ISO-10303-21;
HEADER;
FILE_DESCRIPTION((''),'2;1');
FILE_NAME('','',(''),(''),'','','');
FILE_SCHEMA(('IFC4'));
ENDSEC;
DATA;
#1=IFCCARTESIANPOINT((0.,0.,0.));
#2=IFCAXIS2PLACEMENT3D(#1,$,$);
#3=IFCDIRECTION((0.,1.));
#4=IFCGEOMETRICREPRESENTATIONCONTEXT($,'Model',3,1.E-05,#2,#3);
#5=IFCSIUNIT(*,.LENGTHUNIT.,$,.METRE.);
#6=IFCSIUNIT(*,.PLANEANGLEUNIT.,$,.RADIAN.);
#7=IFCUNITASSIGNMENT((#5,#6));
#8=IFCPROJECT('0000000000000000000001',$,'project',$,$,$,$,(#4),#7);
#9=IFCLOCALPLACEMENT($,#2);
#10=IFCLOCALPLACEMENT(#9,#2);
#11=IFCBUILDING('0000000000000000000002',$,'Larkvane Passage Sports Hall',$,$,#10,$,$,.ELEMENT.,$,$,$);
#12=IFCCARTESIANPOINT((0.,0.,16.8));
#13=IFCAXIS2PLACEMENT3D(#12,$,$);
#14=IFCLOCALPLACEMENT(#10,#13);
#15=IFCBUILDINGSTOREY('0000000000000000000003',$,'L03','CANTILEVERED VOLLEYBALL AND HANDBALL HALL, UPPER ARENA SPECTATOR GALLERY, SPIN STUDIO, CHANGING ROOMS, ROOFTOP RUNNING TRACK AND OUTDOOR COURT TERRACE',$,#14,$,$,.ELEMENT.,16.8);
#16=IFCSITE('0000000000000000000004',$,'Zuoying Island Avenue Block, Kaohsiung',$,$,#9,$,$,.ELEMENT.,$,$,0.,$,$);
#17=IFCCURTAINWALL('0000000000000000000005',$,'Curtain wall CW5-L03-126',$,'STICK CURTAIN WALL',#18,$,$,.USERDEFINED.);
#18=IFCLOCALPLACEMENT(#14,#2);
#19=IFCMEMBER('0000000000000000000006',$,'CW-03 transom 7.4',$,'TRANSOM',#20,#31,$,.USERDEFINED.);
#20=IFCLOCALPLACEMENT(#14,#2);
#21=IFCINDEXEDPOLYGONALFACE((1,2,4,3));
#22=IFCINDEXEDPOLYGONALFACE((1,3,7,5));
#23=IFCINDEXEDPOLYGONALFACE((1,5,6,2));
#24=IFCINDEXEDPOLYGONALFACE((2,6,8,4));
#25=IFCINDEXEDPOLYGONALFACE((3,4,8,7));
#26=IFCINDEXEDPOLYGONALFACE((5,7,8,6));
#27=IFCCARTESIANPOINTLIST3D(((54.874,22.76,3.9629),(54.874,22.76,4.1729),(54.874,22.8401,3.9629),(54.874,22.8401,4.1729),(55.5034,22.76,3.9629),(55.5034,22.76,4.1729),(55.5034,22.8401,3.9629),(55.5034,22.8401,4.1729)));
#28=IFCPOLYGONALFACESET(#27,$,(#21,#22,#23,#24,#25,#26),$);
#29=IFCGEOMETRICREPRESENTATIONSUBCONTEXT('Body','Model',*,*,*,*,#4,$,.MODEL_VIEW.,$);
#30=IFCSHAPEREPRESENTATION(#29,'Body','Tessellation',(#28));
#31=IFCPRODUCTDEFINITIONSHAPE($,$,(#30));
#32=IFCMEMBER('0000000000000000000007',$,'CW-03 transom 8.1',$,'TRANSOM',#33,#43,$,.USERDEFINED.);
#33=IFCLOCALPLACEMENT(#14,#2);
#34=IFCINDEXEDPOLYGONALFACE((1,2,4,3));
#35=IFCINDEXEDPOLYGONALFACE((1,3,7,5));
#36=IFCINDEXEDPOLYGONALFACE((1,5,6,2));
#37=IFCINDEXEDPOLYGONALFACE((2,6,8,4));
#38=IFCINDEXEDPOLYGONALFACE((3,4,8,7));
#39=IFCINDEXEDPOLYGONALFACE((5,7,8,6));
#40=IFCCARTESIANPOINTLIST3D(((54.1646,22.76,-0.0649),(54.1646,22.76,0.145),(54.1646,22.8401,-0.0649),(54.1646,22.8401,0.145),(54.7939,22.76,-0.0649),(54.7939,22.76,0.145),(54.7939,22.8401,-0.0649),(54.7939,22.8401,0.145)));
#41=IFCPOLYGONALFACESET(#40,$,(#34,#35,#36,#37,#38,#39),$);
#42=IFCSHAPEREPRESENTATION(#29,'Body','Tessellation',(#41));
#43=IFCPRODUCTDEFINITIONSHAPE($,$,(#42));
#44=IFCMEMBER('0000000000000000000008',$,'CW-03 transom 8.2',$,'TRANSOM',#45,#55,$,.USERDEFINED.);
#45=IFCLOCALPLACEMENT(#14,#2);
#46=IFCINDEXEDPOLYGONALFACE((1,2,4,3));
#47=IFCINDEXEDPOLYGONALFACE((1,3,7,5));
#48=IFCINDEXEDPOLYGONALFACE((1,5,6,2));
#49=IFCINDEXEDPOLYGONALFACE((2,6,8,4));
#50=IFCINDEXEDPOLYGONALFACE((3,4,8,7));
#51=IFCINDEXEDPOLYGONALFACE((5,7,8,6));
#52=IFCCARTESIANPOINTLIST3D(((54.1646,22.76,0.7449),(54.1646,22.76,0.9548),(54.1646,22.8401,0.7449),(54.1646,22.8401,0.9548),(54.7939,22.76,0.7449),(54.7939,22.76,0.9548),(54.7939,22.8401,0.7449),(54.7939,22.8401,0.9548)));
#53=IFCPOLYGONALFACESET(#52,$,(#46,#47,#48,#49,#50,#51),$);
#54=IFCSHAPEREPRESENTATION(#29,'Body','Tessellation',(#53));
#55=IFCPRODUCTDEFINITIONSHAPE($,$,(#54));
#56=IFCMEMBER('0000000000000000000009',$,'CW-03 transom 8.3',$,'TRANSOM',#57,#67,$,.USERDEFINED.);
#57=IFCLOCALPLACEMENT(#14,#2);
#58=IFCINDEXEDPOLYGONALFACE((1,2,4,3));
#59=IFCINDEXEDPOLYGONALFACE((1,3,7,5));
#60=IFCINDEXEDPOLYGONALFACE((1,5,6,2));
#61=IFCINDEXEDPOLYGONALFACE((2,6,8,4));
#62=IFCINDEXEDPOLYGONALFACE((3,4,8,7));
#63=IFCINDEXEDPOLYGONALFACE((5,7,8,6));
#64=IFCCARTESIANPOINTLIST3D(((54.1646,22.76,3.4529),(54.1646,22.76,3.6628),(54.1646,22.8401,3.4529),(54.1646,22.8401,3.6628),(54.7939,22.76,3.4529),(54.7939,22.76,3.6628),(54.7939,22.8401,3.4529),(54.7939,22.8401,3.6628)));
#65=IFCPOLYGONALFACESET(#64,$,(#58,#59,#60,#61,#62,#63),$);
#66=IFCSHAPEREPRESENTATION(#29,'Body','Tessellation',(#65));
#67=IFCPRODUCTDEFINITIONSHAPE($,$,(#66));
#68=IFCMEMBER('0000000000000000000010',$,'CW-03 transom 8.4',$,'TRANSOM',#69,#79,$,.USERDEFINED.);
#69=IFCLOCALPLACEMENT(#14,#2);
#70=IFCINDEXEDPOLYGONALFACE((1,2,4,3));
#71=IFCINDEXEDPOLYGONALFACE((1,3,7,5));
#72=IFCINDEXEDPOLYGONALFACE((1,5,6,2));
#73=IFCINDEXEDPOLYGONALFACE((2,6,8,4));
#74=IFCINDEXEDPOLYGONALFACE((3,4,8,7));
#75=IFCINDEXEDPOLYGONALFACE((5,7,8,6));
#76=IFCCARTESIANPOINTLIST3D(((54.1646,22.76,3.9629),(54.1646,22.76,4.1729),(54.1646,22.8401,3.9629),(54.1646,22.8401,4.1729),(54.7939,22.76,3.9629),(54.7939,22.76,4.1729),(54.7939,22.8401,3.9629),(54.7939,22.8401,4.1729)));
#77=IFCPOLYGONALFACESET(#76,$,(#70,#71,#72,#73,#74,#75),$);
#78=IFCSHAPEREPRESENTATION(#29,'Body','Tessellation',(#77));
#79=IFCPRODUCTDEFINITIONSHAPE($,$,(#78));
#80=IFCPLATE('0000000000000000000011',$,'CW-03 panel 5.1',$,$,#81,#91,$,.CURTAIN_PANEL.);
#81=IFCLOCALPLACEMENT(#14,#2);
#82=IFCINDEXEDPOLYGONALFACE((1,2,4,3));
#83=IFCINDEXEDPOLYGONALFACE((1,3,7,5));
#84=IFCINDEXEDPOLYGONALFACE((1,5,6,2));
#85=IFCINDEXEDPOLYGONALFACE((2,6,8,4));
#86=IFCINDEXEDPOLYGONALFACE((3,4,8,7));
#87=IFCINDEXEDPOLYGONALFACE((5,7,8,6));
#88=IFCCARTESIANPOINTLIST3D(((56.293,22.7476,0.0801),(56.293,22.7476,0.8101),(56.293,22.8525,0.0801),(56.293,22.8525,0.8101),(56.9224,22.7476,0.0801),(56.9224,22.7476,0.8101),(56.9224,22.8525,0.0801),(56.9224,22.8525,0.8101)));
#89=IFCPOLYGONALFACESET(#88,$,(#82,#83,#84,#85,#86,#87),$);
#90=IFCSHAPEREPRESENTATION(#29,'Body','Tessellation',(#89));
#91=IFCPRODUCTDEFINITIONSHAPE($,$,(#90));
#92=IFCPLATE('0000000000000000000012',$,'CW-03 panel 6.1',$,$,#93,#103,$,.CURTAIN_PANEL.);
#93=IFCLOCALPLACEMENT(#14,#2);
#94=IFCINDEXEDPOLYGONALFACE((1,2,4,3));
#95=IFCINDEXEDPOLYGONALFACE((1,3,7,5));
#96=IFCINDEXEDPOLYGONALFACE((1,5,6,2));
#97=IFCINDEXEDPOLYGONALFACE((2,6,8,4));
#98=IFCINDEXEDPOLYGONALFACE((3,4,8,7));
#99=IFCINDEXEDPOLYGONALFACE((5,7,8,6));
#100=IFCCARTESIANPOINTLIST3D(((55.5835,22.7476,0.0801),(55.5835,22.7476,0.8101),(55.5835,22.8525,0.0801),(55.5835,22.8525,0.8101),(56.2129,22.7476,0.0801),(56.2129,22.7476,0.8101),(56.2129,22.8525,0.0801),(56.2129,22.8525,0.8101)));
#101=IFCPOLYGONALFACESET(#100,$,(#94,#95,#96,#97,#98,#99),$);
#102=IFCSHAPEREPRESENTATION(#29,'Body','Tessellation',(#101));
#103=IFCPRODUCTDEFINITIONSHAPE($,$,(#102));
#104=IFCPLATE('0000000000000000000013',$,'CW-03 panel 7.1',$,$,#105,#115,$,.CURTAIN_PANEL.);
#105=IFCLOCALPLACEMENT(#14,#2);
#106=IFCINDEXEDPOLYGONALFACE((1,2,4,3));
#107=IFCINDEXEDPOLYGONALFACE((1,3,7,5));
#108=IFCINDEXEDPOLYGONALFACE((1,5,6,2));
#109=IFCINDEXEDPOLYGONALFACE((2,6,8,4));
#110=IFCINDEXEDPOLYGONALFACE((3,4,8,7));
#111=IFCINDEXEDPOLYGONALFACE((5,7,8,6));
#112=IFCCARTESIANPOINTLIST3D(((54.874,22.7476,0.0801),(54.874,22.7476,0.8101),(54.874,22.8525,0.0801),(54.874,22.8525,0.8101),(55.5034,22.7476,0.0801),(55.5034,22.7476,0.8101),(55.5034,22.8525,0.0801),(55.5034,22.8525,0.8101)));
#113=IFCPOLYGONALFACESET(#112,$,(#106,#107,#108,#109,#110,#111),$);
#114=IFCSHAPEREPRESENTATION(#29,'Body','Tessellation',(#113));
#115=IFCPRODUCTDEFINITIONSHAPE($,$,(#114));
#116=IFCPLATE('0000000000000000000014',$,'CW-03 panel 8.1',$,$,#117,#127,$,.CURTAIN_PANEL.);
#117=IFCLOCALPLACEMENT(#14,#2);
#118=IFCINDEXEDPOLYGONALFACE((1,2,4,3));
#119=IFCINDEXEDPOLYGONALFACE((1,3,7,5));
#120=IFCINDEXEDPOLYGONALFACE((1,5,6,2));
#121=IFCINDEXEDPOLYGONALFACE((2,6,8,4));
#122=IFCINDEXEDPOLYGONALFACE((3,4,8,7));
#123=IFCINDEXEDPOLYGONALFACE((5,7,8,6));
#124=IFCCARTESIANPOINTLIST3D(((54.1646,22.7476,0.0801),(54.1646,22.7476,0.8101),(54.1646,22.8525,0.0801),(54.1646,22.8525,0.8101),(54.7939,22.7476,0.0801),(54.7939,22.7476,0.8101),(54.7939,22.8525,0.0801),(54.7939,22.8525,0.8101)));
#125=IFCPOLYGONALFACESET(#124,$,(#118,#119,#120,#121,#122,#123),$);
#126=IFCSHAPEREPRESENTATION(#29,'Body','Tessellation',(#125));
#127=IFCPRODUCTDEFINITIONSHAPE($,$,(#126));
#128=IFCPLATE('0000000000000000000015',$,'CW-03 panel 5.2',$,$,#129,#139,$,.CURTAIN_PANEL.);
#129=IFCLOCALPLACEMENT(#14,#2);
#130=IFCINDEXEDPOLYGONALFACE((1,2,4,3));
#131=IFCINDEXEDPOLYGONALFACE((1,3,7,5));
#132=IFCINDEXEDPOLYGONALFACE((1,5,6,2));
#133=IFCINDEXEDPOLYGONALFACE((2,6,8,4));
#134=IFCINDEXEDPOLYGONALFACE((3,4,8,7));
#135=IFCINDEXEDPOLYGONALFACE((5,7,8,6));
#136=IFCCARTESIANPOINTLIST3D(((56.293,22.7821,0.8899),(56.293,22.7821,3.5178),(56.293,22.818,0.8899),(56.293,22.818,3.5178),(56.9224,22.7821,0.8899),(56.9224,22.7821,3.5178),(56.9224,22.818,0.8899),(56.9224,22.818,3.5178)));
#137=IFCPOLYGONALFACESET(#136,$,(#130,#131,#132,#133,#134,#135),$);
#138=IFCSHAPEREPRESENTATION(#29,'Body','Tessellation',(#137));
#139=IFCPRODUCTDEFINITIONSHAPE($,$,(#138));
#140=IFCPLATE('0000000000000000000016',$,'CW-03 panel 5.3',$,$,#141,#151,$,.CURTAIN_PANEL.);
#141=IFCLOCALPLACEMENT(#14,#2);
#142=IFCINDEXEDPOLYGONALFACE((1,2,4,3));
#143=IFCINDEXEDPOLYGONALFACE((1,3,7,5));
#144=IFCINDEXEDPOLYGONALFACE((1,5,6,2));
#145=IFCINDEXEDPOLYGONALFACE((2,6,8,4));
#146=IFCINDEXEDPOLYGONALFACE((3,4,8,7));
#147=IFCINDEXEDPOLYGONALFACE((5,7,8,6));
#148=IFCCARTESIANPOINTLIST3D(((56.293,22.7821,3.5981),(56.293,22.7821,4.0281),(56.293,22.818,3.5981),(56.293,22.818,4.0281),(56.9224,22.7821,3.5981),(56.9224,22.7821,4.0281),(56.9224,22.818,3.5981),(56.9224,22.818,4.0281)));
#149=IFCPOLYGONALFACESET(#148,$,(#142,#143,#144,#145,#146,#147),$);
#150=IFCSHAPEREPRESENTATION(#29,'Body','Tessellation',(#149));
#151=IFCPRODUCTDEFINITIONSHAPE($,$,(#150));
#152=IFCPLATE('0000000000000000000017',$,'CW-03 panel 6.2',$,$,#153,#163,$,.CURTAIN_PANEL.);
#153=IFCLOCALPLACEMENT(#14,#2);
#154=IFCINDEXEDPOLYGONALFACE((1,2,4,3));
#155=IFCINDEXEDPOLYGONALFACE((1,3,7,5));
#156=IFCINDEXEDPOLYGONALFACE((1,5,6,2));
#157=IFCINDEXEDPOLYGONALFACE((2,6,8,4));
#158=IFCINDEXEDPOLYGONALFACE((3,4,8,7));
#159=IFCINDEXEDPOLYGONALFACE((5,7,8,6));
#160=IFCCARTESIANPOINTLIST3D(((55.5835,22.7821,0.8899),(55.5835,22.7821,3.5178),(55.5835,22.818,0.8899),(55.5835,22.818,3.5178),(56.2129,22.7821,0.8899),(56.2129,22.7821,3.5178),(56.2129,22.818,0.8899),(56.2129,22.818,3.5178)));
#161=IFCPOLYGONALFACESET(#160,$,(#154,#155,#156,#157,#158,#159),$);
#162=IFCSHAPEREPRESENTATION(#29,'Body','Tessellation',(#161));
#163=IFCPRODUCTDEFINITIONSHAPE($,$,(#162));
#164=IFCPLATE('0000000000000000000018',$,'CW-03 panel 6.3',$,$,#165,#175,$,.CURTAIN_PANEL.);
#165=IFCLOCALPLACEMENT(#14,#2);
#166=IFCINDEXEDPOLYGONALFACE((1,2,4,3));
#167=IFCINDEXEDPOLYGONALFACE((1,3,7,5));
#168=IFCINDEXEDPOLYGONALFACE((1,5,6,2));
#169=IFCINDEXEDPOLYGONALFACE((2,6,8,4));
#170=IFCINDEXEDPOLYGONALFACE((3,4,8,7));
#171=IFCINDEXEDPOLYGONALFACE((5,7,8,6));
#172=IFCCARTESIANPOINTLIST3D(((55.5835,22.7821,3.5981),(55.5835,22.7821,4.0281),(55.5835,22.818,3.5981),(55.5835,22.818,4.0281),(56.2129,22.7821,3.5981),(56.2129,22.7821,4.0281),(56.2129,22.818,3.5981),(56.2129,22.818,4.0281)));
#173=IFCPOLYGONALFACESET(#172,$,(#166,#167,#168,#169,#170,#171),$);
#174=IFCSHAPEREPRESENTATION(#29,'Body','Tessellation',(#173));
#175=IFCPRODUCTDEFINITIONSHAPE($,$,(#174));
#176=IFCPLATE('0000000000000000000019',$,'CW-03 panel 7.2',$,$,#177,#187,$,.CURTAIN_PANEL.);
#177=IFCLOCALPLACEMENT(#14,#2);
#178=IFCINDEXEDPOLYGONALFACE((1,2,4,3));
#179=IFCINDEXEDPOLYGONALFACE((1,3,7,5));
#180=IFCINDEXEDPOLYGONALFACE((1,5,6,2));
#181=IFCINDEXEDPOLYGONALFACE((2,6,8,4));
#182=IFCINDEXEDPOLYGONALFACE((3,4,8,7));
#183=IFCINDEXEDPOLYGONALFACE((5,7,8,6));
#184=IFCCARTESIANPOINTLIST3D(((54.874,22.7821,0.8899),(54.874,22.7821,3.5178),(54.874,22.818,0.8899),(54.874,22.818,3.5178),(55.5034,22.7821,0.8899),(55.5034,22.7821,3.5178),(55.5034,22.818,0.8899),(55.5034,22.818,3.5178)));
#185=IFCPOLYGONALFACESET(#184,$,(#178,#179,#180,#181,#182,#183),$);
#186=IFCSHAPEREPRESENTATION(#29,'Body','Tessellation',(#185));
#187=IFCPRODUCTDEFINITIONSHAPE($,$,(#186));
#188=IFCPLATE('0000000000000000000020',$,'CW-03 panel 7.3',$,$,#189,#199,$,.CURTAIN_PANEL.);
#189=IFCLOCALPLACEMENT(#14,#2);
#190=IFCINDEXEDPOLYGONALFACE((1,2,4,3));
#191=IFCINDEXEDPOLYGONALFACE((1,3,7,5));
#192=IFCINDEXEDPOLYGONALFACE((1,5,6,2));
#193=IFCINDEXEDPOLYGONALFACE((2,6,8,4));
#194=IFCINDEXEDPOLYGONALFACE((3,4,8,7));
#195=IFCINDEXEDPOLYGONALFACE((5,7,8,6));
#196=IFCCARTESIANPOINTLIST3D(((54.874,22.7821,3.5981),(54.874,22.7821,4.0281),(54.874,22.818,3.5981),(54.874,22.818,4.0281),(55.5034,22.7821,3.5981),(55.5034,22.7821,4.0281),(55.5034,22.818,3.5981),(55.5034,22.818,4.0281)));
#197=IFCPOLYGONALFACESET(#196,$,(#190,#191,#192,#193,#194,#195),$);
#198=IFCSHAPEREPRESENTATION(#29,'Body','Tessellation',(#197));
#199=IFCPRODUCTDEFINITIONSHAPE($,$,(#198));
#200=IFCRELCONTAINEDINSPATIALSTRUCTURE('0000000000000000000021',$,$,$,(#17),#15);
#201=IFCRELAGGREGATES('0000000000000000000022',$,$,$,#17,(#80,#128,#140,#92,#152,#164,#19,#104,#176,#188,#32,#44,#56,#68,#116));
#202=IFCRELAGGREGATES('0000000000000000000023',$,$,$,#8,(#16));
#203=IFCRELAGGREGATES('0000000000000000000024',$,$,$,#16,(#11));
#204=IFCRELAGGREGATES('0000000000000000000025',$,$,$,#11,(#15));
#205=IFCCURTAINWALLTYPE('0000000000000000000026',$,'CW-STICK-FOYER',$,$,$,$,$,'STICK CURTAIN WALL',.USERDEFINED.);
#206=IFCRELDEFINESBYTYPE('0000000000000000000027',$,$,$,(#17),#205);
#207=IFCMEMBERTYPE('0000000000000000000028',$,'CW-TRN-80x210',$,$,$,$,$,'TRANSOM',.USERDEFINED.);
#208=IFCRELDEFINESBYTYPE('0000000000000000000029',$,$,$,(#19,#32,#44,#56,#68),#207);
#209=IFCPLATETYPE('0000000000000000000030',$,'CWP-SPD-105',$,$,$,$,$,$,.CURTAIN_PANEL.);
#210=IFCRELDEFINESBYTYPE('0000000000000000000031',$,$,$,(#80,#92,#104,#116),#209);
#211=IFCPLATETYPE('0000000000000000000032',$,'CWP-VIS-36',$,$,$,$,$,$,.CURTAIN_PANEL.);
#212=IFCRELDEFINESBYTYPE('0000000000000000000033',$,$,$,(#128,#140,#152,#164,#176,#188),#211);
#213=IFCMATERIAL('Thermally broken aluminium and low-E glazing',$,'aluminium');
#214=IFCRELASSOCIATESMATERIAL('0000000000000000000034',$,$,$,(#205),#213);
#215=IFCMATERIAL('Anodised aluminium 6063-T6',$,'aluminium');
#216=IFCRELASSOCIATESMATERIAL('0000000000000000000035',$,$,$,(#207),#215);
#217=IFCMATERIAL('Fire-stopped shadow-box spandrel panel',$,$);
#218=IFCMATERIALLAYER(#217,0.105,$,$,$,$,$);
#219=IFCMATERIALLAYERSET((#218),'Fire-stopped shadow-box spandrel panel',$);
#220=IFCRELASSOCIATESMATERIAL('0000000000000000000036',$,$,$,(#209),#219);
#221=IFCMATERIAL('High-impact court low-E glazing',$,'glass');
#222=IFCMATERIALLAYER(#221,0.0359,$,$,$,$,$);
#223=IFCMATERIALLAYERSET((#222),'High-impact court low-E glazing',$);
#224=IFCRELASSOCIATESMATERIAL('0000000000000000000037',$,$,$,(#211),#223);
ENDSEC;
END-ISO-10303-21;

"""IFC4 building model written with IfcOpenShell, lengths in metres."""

from ifc_helpers import new_model, si_unit, direction, frame, origin, origin_2d, place, context, subcontext, project, spatial, rectangle, extrude, material, layer, layer_set, material_profile, profile_set, type_object, element, aggregate, save


model = new_model("IFC4")

# Units and contexts
model_context = context("Model", 3, precision=1e-05, world=origin(), true_north=direction((0.0, 1.0)))
body_context = subcontext(model_context, "Body", "Model", "MODEL_VIEW")
ifc_project = project(units=[si_unit("LENGTHUNIT", "METRE"), si_unit("PLANEANGLEUNIT", "RADIAN")], contexts=[model_context])

# Site, building, storey
site_placement = place(None, origin())
site = spatial("IfcSite", under=ifc_project, at=site_placement, Name="Zuoying Island Avenue Block, Kaohsiung", CompositionType="ELEMENT", RefElevation=0.0)
building_placement = place(site_placement, origin())
building = spatial("IfcBuilding", under=site, at=building_placement, Name="Larkvane Passage Sports Hall", CompositionType="ELEMENT")
storey_placement = place(building_placement, frame((0.0, 0.0, 16.8)))
storey = spatial("IfcBuildingStorey", under=building, at=storey_placement, Name="L03", Description="CANTILEVERED VOLLEYBALL AND HANDBALL HALL, UPPER ARENA SPECTATOR GALLERY, SPIN STUDIO, CHANGING ROOMS, ROOFTOP RUNNING TRACK AND OUTDOOR COURT TERRACE", CompositionType="ELEMENT", Elevation=16.8)

# Curtain wall, members, plates
ifc_material_1 = material(Name="Thermally broken aluminium and low-E glazing", Category="aluminium")
curtain_wall_type = type_object("IfcCurtainWallType", Name="CW-STICK-FOYER", ElementType="STICK CURTAIN WALL", PredefinedType="USERDEFINED", material=ifc_material_1)
curtain_wall_placement = place(storey_placement, origin())
curtain_wall = element("IfcCurtainWall", 1, at=curtain_wall_placement, inside=storey, type_object=curtain_wall_type, Name="Curtain wall CW5-L03-126", ObjectType="STICK CURTAIN WALL", PredefinedType="USERDEFINED")
ifc_material_2 = material(Name="Anodised aluminium 6063-T6", Category="aluminium")
ifc_material_profile_1 = material_profile(ifc_material_2, rectangle(XDim=0.0801, YDim=0.21, at=origin_2d()), Name="ALU-TRN-80x210")
ifc_profile_set_1 = profile_set([ifc_material_profile_1], Name="Anodised aluminium 6063-T6")
member_type_1 = type_object("IfcMemberType", Name="CW-TRN-80x210", ElementType="TRANSOM", PredefinedType="USERDEFINED", material=ifc_profile_set_1)
member_1_placement = place(storey_placement, frame((55.5034, 22.8, 4.0679), z_axis=(-1.0, 0.0, 0.0), x_axis=(0.0, -1.0, 0.0)))
member_1 = element("IfcMember", 2, at=member_1_placement, type_object=member_type_1, Name="CW-03 transom 7.4", ObjectType="TRANSOM", PredefinedType="USERDEFINED", context=body_context, shape_type="SweptSolid", body=[
    extrude(rectangle(XDim=0.0801, YDim=0.21, at=origin_2d()), origin(), (0.0, 0.0, 1.0), 0.6294),
])
member_2_placement = place(storey_placement, frame((54.7939, 22.8, 0.04), z_axis=(-1.0, 0.0, 0.0), x_axis=(0.0, -1.0, 0.0)))
member_2 = element("IfcMember", 3, at=member_2_placement, type_object=member_type_1, Name="CW-03 transom 8.1", ObjectType="TRANSOM", PredefinedType="USERDEFINED", context=body_context, shape_type="SweptSolid", body=[
    extrude(rectangle(XDim=0.0801, YDim=0.21, at=origin_2d()), origin(), (0.0, 0.0, 1.0), 0.6294),
])
member_3_placement = place(storey_placement, frame((54.7939, 22.8, 0.8499), z_axis=(-1.0, 0.0, 0.0), x_axis=(0.0, -1.0, 0.0)))
member_3 = element("IfcMember", 4, at=member_3_placement, type_object=member_type_1, Name="CW-03 transom 8.2", ObjectType="TRANSOM", PredefinedType="USERDEFINED", context=body_context, shape_type="SweptSolid", body=[
    extrude(rectangle(XDim=0.0801, YDim=0.21, at=origin_2d()), origin(), (0.0, 0.0, 1.0), 0.6294),
])
member_4_placement = place(storey_placement, frame((54.7939, 22.8, 3.5579), z_axis=(-1.0, 0.0, 0.0), x_axis=(0.0, -1.0, 0.0)))
member_4 = element("IfcMember", 5, at=member_4_placement, type_object=member_type_1, Name="CW-03 transom 8.3", ObjectType="TRANSOM", PredefinedType="USERDEFINED", context=body_context, shape_type="SweptSolid", body=[
    extrude(rectangle(XDim=0.0801, YDim=0.21, at=origin_2d()), origin(), (0.0, 0.0, 1.0), 0.6294),
])
member_5_placement = place(storey_placement, frame((54.7939, 22.8, 4.0679), z_axis=(-1.0, 0.0, 0.0), x_axis=(0.0, -1.0, 0.0)))
member_5 = element("IfcMember", 6, at=member_5_placement, type_object=member_type_1, Name="CW-03 transom 8.4", ObjectType="TRANSOM", PredefinedType="USERDEFINED", context=body_context, shape_type="SweptSolid", body=[
    extrude(rectangle(XDim=0.0801, YDim=0.21, at=origin_2d()), origin(), (0.0, 0.0, 1.0), 0.6294),
])
ifc_material_3 = material(Name="Fire-stopped shadow-box spandrel panel")
ifc_layer_1 = layer(ifc_material_3, 0.105)
ifc_layer_set_1 = layer_set([ifc_layer_1], Name="Fire-stopped shadow-box spandrel panel")
plate_type_1 = type_object("IfcPlateType", Name="CWP-SPD-105", PredefinedType="CURTAIN_PANEL", material=ifc_layer_set_1)
plate_1_placement = place(storey_placement, frame((56.6077, 22.8, 0.0801), z_axis=(0.0, 0.0, 1.0), x_axis=(-1.0, 0.0, 0.0)))
plate_1 = element("IfcPlate", 7, at=plate_1_placement, type_object=plate_type_1, Name="CW-03 panel 5.1", PredefinedType="CURTAIN_PANEL", context=body_context, shape_type="SweptSolid", body=[
    extrude(rectangle(XDim=0.6294, YDim=0.105, at=origin_2d()), origin(), (0.0, 0.0, 1.0), 0.73),
])
plate_2_placement = place(storey_placement, frame((55.8982, 22.8, 0.0801), z_axis=(0.0, 0.0, 1.0), x_axis=(-1.0, 0.0, 0.0)))
plate_2 = element("IfcPlate", 8, at=plate_2_placement, type_object=plate_type_1, Name="CW-03 panel 6.1", PredefinedType="CURTAIN_PANEL", context=body_context, shape_type="SweptSolid", body=[
    extrude(rectangle(XDim=0.6294, YDim=0.105, at=origin_2d()), origin(), (0.0, 0.0, 1.0), 0.73),
])
plate_3_placement = place(storey_placement, frame((55.1887, 22.8, 0.0801), z_axis=(0.0, 0.0, 1.0), x_axis=(-1.0, 0.0, 0.0)))
plate_3 = element("IfcPlate", 9, at=plate_3_placement, type_object=plate_type_1, Name="CW-03 panel 7.1", PredefinedType="CURTAIN_PANEL", context=body_context, shape_type="SweptSolid", body=[
    extrude(rectangle(XDim=0.6294, YDim=0.105, at=origin_2d()), origin(), (0.0, 0.0, 1.0), 0.73),
])
plate_4_placement = place(storey_placement, frame((54.4792, 22.8, 0.0801), z_axis=(0.0, 0.0, 1.0), x_axis=(-1.0, 0.0, 0.0)))
plate_4 = element("IfcPlate", 10, at=plate_4_placement, type_object=plate_type_1, Name="CW-03 panel 8.1", PredefinedType="CURTAIN_PANEL", context=body_context, shape_type="SweptSolid", body=[
    extrude(rectangle(XDim=0.6294, YDim=0.105, at=origin_2d()), origin(), (0.0, 0.0, 1.0), 0.73),
])
ifc_material_4 = material(Name="High-impact court low-E glazing", Category="glass")
ifc_layer_2 = layer(ifc_material_4, 0.0359)
ifc_layer_set_2 = layer_set([ifc_layer_2], Name="High-impact court low-E glazing")
plate_type_2 = type_object("IfcPlateType", Name="CWP-VIS-36", PredefinedType="CURTAIN_PANEL", material=ifc_layer_set_2)
plate_5_placement = place(storey_placement, frame((56.6077, 22.8, 0.8899), z_axis=(0.0, 0.0, 1.0), x_axis=(-1.0, 0.0, 0.0)))
plate_5 = element("IfcPlate", 11, at=plate_5_placement, type_object=plate_type_2, Name="CW-03 panel 5.2", PredefinedType="CURTAIN_PANEL", context=body_context, shape_type="SweptSolid", body=[
    extrude(rectangle(XDim=0.6294, YDim=0.0359, at=origin_2d()), origin(), (0.0, 0.0, 1.0), 2.6279),
])
plate_6_placement = place(storey_placement, frame((56.6077, 22.8, 3.5981), z_axis=(0.0, 0.0, 1.0), x_axis=(-1.0, 0.0, 0.0)))
plate_6 = element("IfcPlate", 12, at=plate_6_placement, type_object=plate_type_2, Name="CW-03 panel 5.3", PredefinedType="CURTAIN_PANEL", context=body_context, shape_type="SweptSolid", body=[
    extrude(rectangle(XDim=0.6294, YDim=0.0359, at=origin_2d()), origin(), (0.0, 0.0, 1.0), 0.4299),
])
plate_7_placement = place(storey_placement, frame((55.8982, 22.8, 0.8899), z_axis=(0.0, 0.0, 1.0), x_axis=(-1.0, 0.0, 0.0)))
plate_7 = element("IfcPlate", 13, at=plate_7_placement, type_object=plate_type_2, Name="CW-03 panel 6.2", PredefinedType="CURTAIN_PANEL", context=body_context, shape_type="SweptSolid", body=[
    extrude(rectangle(XDim=0.6294, YDim=0.0359, at=origin_2d()), origin(), (0.0, 0.0, 1.0), 2.6279),
])
plate_8_placement = place(storey_placement, frame((55.8982, 22.8, 3.5981), z_axis=(0.0, 0.0, 1.0), x_axis=(-1.0, 0.0, 0.0)))
plate_8 = element("IfcPlate", 14, at=plate_8_placement, type_object=plate_type_2, Name="CW-03 panel 6.3", PredefinedType="CURTAIN_PANEL", context=body_context, shape_type="SweptSolid", body=[
    extrude(rectangle(XDim=0.6294, YDim=0.0359, at=origin_2d()), origin(), (0.0, 0.0, 1.0), 0.4299),
])
plate_9_placement = place(storey_placement, frame((55.1887, 22.8, 0.8899), z_axis=(0.0, 0.0, 1.0), x_axis=(-1.0, 0.0, 0.0)))
plate_9 = element("IfcPlate", 15, at=plate_9_placement, type_object=plate_type_2, Name="CW-03 panel 7.2", PredefinedType="CURTAIN_PANEL", context=body_context, shape_type="SweptSolid", body=[
    extrude(rectangle(XDim=0.6294, YDim=0.0359, at=origin_2d()), origin(), (0.0, 0.0, 1.0), 2.6279),
])
plate_10_placement = place(storey_placement, frame((55.1887, 22.8, 3.5981), z_axis=(0.0, 0.0, 1.0), x_axis=(-1.0, 0.0, 0.0)))
plate_10 = element("IfcPlate", 16, at=plate_10_placement, type_object=plate_type_2, Name="CW-03 panel 7.3", PredefinedType="CURTAIN_PANEL", context=body_context, shape_type="SweptSolid", body=[
    extrude(rectangle(XDim=0.6294, YDim=0.0359, at=origin_2d()), origin(), (0.0, 0.0, 1.0), 0.4299),
])
aggregate(curtain_wall, [plate_1, plate_5, plate_6, plate_2, plate_7, plate_8, member_1, plate_3, plate_9, plate_10, member_2, member_3, member_4, member_5, plate_4])

save(model, "model.ifc")
